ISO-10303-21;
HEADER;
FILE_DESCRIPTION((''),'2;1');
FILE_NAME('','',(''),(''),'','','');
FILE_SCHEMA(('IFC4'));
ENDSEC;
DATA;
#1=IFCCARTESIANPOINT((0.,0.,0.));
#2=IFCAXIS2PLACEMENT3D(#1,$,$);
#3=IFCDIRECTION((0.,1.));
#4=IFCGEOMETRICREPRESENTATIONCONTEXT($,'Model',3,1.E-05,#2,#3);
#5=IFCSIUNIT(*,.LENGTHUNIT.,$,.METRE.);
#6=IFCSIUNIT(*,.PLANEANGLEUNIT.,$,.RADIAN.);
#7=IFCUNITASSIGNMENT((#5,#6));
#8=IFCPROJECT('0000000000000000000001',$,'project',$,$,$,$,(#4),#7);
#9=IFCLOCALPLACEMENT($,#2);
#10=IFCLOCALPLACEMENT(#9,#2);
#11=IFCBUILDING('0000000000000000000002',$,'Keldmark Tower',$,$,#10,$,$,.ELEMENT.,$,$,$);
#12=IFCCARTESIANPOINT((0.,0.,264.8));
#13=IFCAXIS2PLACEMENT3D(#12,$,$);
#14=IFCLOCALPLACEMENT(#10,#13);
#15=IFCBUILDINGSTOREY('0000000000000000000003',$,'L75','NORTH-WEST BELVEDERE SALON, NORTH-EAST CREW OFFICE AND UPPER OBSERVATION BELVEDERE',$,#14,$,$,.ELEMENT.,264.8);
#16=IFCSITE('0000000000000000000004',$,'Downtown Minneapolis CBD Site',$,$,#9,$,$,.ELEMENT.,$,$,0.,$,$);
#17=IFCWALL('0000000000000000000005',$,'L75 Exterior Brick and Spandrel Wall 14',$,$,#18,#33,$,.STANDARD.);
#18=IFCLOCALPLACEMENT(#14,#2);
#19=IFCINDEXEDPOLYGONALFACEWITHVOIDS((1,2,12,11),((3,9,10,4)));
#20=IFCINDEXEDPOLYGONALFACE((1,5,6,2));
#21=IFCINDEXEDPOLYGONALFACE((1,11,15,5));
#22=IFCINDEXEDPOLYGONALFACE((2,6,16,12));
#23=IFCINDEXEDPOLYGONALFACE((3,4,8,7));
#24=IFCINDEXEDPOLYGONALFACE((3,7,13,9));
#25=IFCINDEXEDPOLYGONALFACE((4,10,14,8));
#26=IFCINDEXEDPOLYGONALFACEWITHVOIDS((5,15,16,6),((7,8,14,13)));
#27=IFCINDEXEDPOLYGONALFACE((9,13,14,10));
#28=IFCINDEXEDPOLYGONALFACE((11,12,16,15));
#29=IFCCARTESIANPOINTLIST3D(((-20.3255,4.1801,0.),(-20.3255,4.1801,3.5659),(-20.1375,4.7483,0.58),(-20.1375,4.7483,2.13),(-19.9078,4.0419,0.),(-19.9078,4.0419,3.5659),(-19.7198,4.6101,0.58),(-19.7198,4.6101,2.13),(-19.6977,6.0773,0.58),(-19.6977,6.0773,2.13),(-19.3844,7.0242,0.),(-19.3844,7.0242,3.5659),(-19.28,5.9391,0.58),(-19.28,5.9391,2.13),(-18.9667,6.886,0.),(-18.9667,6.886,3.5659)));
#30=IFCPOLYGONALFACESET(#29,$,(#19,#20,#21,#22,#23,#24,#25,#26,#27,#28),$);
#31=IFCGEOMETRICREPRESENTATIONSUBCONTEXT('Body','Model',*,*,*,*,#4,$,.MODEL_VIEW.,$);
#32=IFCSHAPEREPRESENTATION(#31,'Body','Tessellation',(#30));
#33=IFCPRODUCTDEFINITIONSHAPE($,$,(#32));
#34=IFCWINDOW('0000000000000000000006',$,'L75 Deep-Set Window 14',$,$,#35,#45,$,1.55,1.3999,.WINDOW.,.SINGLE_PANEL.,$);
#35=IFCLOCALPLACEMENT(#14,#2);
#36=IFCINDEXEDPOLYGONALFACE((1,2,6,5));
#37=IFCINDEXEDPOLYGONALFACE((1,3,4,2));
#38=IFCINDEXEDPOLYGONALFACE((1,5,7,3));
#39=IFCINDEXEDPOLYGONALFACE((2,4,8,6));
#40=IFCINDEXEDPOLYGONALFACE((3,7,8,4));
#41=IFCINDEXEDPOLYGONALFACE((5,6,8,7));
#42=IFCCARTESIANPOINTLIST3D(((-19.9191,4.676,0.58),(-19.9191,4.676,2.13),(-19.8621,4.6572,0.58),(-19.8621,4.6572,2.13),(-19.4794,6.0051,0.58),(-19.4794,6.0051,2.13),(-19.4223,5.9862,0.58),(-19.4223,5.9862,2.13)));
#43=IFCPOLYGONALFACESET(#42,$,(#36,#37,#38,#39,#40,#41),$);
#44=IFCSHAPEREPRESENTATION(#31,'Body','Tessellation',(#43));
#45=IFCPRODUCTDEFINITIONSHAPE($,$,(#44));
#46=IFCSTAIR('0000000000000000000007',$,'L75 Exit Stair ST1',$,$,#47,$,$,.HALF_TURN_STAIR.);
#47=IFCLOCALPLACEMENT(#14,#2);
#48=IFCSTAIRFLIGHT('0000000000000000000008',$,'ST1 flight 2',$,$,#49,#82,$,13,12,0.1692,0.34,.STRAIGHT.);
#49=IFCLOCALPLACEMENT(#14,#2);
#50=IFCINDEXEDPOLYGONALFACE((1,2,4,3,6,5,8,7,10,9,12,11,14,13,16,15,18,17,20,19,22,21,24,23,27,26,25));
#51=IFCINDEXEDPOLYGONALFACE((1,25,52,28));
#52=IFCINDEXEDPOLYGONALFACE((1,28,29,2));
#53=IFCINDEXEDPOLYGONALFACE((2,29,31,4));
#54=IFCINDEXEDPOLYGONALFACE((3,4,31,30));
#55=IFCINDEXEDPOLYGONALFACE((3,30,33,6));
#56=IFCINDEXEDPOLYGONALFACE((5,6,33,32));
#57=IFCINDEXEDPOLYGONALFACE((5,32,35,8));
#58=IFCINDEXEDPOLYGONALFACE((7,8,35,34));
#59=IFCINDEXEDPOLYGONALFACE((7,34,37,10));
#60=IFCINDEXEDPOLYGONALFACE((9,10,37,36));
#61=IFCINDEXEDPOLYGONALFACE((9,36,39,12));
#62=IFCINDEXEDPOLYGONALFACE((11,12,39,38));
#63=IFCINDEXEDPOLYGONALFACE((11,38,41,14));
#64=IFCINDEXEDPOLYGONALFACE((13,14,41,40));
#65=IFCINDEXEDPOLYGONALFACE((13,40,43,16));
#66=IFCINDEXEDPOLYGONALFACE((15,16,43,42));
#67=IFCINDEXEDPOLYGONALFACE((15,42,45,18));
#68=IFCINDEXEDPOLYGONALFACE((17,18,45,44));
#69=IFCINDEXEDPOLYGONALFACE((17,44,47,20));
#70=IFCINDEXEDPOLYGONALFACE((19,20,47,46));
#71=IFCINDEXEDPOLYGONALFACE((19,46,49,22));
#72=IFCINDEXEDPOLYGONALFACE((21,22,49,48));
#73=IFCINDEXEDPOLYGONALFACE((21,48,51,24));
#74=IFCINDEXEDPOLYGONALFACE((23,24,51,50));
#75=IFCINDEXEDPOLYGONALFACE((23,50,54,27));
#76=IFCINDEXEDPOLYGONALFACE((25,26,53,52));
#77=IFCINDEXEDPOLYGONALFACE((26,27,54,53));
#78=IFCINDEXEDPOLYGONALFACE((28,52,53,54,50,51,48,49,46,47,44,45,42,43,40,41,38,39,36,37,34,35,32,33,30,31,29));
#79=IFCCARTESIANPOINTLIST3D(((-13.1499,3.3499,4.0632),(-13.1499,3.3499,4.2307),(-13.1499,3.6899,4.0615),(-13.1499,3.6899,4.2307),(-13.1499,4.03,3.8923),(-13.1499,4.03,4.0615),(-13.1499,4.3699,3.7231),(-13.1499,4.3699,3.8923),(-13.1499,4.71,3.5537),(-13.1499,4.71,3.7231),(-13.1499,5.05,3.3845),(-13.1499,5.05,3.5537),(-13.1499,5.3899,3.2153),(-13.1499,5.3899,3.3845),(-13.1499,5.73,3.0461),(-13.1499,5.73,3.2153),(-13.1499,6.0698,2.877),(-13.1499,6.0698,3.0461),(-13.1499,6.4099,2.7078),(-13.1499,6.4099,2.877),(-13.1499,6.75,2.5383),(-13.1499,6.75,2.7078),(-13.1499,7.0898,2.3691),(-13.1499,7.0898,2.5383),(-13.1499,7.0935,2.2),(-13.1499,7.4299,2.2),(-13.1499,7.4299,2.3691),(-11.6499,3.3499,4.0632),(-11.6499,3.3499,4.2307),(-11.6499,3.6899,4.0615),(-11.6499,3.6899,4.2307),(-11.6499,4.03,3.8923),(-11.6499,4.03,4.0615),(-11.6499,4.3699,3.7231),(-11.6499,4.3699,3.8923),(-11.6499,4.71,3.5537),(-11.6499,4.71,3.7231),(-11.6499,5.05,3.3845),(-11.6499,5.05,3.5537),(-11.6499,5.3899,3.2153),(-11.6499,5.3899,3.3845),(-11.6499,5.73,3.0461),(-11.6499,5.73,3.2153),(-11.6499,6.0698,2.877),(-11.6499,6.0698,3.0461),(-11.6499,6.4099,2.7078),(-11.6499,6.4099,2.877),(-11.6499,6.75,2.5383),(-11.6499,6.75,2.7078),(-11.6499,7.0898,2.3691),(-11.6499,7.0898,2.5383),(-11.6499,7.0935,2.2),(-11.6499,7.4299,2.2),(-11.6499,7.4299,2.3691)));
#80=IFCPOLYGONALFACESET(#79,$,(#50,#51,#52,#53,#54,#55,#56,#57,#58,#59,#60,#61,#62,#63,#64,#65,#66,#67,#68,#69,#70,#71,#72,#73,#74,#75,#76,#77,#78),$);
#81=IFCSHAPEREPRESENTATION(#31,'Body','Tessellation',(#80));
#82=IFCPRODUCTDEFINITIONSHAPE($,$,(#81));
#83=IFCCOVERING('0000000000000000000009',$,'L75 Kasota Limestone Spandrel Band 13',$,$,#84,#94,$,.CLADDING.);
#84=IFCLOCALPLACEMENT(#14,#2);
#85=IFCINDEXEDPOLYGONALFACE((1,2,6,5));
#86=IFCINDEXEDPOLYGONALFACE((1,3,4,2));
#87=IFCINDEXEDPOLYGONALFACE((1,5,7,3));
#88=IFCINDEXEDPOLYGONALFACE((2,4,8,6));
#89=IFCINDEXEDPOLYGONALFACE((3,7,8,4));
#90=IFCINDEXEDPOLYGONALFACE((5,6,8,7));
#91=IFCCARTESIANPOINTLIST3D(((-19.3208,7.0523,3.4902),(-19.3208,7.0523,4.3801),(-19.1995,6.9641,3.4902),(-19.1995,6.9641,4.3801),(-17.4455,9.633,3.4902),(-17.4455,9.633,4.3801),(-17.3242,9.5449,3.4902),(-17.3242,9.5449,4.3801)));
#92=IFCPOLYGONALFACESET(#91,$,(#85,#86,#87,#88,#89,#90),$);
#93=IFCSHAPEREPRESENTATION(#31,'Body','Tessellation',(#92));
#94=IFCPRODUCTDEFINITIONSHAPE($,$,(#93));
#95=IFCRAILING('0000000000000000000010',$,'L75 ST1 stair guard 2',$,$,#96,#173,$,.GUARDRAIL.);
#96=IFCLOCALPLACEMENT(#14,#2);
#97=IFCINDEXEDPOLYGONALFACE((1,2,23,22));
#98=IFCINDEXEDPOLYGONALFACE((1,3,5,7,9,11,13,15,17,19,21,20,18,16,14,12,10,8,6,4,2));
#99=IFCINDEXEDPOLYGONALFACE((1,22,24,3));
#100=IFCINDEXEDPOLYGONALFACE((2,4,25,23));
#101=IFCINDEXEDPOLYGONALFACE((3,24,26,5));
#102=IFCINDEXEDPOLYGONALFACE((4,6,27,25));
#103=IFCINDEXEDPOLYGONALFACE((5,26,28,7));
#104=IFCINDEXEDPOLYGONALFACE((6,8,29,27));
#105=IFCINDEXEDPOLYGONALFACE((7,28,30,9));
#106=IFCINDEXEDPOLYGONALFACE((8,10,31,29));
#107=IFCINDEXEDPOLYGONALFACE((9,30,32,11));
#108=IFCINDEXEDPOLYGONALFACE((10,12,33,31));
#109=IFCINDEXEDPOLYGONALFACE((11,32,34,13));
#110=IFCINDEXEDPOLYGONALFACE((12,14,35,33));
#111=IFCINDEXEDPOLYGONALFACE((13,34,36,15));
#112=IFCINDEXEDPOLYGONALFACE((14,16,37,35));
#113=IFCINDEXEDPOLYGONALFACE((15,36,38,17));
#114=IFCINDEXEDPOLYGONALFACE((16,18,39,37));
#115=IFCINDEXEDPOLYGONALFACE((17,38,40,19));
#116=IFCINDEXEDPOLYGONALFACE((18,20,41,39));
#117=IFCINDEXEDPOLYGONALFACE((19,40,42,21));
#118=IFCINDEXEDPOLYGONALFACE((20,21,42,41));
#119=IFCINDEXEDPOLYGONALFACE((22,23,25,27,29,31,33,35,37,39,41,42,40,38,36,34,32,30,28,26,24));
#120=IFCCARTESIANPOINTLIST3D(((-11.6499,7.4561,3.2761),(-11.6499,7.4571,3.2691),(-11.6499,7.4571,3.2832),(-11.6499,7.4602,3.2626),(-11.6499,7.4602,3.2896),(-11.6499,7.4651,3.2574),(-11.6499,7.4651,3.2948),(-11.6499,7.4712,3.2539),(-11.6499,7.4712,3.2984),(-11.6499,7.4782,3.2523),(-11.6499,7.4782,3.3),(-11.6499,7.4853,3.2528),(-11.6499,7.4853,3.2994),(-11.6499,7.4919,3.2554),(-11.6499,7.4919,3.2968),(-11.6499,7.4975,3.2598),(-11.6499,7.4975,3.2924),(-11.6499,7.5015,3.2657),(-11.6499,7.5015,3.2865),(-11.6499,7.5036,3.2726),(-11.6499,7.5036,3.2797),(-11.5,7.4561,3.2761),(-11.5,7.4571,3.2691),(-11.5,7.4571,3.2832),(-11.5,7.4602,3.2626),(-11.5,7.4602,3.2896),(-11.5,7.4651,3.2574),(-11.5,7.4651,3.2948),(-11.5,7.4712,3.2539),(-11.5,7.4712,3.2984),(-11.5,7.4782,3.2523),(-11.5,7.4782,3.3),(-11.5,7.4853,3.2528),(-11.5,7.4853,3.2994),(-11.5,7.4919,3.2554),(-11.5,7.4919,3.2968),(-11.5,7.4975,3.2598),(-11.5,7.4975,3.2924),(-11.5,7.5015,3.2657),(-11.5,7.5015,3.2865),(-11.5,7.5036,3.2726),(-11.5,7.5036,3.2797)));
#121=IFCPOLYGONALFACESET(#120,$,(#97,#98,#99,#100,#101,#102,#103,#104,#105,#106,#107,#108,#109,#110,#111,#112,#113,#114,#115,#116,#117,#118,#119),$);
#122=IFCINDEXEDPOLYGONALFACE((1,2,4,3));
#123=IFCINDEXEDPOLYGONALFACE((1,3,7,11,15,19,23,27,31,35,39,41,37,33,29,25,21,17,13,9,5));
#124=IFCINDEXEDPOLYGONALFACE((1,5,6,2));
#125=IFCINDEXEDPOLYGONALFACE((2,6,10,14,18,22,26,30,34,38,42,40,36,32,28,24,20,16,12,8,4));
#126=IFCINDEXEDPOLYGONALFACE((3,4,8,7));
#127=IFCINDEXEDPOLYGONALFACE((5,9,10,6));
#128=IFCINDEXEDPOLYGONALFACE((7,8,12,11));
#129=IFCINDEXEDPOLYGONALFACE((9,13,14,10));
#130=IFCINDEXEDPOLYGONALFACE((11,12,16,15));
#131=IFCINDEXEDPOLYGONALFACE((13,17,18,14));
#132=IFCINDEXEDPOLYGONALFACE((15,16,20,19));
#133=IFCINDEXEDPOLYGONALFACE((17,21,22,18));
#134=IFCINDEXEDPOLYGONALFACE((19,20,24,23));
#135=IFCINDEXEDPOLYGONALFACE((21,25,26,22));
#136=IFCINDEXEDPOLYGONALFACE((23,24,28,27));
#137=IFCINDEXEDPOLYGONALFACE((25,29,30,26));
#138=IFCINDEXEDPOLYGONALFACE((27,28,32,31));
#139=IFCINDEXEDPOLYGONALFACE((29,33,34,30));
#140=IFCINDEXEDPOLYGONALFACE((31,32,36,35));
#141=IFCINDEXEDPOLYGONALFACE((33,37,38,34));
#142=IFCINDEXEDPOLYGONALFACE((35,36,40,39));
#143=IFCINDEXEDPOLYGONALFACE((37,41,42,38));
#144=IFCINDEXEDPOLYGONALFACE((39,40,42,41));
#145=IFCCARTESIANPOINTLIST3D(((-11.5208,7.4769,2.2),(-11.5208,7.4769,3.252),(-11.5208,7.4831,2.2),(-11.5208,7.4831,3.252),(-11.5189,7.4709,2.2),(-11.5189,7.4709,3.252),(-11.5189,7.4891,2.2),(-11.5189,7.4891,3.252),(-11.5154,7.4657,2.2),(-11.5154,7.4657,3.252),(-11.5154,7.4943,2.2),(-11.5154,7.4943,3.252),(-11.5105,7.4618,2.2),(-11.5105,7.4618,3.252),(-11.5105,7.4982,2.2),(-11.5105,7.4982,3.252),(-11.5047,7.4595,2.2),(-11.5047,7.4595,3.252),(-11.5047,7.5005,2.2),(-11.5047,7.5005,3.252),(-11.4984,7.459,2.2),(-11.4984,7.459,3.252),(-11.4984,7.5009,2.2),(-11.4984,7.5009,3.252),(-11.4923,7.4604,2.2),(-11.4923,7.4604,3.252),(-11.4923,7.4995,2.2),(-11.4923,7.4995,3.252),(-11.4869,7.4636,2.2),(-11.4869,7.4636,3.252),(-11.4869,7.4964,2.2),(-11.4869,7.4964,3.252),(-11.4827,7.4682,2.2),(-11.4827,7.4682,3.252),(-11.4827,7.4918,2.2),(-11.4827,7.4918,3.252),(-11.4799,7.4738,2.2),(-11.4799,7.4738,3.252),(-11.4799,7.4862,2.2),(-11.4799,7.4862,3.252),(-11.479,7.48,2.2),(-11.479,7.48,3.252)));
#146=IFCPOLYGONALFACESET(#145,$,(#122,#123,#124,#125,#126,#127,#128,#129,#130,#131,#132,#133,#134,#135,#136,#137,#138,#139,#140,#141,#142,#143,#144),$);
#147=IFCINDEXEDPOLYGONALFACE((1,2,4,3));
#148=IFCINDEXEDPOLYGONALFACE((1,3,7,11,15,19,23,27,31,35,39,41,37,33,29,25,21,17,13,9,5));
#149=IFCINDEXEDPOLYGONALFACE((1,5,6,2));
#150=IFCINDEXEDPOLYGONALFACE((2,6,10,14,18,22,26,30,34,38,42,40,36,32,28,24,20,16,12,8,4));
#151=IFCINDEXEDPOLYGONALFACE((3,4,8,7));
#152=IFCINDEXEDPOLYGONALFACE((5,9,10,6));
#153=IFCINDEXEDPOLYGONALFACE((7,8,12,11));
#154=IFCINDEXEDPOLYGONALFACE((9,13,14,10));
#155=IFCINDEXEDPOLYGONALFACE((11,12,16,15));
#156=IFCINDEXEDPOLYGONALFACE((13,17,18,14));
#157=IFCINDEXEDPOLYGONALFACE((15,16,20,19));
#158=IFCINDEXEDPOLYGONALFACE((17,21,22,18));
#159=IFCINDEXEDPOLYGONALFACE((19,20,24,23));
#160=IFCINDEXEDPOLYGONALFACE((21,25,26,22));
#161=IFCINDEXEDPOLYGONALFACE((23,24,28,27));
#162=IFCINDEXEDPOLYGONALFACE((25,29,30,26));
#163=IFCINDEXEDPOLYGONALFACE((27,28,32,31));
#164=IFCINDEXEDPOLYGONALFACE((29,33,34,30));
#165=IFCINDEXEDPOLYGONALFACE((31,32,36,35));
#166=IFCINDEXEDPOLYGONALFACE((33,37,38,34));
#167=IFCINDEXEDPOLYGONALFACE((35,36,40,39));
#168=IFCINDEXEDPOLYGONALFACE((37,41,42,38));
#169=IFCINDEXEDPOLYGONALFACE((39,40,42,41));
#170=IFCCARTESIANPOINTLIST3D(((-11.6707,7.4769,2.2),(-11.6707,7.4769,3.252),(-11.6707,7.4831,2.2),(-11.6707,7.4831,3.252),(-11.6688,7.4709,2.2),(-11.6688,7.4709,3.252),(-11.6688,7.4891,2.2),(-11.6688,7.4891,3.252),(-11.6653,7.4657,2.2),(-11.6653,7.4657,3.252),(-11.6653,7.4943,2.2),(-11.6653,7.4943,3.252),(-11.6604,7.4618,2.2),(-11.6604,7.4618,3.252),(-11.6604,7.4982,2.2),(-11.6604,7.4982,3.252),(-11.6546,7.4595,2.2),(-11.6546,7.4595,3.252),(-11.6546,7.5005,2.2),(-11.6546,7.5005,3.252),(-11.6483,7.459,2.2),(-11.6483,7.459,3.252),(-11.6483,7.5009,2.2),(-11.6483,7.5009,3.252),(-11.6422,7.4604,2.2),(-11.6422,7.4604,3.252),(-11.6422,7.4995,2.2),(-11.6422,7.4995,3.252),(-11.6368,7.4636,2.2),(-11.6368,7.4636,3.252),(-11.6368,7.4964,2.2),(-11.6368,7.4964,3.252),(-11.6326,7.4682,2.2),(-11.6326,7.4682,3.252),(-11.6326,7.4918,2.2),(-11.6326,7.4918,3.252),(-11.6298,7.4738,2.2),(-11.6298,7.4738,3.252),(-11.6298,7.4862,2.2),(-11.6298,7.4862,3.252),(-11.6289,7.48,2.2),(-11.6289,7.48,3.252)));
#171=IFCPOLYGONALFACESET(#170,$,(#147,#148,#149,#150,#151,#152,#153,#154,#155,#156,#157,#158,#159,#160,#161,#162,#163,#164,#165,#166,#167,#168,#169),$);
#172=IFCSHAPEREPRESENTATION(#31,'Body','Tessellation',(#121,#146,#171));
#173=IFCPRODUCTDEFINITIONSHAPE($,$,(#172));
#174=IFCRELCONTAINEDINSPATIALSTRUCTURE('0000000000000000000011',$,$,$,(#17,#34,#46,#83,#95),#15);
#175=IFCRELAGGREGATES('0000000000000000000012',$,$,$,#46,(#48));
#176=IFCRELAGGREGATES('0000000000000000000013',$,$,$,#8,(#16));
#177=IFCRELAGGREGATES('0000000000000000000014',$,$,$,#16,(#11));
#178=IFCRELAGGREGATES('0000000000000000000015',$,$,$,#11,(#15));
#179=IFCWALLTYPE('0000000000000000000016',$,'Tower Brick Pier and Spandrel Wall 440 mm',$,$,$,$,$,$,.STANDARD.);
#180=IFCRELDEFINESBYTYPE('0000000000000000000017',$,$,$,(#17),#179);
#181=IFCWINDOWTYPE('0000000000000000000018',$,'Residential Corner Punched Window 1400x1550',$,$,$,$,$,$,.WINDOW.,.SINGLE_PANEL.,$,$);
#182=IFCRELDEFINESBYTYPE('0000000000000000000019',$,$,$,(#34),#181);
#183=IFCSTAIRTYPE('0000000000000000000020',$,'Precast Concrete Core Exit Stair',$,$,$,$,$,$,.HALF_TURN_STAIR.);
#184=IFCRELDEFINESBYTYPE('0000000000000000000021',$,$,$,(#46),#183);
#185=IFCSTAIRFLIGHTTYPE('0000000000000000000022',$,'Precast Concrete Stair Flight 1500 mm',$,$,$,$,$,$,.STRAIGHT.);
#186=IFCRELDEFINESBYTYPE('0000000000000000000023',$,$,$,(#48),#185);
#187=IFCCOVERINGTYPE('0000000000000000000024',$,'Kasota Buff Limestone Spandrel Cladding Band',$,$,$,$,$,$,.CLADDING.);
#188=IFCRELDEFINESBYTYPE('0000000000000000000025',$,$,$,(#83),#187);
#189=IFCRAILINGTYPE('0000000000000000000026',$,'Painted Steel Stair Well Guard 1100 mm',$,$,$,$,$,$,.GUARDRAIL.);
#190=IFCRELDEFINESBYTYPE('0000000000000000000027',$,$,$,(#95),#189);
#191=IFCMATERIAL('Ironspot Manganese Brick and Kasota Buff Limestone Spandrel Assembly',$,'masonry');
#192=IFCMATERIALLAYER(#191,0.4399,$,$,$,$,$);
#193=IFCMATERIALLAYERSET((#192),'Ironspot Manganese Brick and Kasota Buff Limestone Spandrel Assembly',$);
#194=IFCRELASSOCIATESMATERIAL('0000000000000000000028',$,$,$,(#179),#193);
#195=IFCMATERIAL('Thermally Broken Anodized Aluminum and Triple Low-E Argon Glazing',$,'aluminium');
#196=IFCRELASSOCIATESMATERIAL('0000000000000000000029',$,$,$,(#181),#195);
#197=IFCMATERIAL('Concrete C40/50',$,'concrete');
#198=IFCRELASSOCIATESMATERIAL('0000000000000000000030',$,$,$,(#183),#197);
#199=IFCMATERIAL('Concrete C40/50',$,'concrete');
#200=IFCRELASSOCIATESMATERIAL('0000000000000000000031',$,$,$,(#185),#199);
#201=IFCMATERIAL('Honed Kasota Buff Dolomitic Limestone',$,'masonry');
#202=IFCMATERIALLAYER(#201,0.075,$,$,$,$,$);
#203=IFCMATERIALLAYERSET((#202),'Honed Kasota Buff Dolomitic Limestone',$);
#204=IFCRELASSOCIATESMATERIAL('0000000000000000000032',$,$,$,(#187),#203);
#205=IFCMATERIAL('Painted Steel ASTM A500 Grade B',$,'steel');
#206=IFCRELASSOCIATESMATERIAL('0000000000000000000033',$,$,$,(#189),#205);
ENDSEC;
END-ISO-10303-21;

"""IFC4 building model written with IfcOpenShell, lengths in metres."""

from ifc_helpers import new_model, si_unit, direction, frame, frame_2d, origin, origin_2d, place, context, subcontext, project, spatial, polyline, rectangle, circle, outline, extrude, material, layer, layer_set, type_object, element, fill, aggregate, save


model = new_model("IFC4")

# Units and contexts
model_context = context("Model", 3, precision=1e-05, world=origin(), true_north=direction((0.0, 1.0)))
body_context = subcontext(model_context, "Body", "Model", "MODEL_VIEW")
ifc_project = project(units=[si_unit("LENGTHUNIT", "METRE"), si_unit("PLANEANGLEUNIT", "RADIAN")], contexts=[model_context])

# Site, building, storey
site_placement = place(None, origin())
site = spatial("IfcSite", under=ifc_project, at=site_placement, Name="Downtown Minneapolis CBD Site", CompositionType="ELEMENT", RefElevation=0.0)
building_placement = place(site_placement, origin())
building = spatial("IfcBuilding", under=site, at=building_placement, Name="Keldmark Tower", CompositionType="ELEMENT")
storey_placement = place(building_placement, frame((0.0, 0.0, 264.8)))
storey = spatial("IfcBuildingStorey", under=building, at=storey_placement, Name="L75", Description="NORTH-WEST BELVEDERE SALON, NORTH-EAST CREW OFFICE AND UPPER OBSERVATION BELVEDERE", CompositionType="ELEMENT", Elevation=264.8)

# Wall, opening, window
ifc_material_1 = material(Name="Ironspot Manganese Brick and Kasota Buff Limestone Spandrel Assembly", Category="masonry")
ifc_layer_1 = layer(ifc_material_1, 0.4399)
ifc_layer_set_1 = layer_set([ifc_layer_1], Name="Ironspot Manganese Brick and Kasota Buff Limestone Spandrel Assembly")
wall_type_1 = type_object("IfcWallType", Name="Tower Brick Pier and Spandrel Wall 440 mm", PredefinedType="STANDARD", material=ifc_layer_set_1)
ifc_material_2 = material(Name="Thermally Broken Anodized Aluminum and Triple Low-E Argon Glazing", Category="aluminium")
window_type_1 = type_object("IfcWindowType", Name="Residential Corner Punched Window 1400x1550", PartitioningType="SINGLE_PANEL", PredefinedType="WINDOW", material=ifc_material_2)
wall_1_placement = place(storey_placement, frame((-20.1167, 4.1108, 0.0), z_axis=(0.0, 0.0, 1.0), x_axis=(0.314149, 0.949374, 0.0)))
wall_1 = element("IfcWall", 1, at=wall_1_placement, inside=storey, type_object=wall_type_1, Name="L75 Exterior Brick and Spandrel Wall 14", PredefinedType="STANDARD", context=body_context, shape_type="SweptSolid", body=[
    extrude(rectangle(XDim=2.9958, YDim=0.4399, at=frame_2d((1.498, 0.0))), origin(), (0.0, 0.0, 1.0), 3.5659),
])
opening_1_placement = place(wall_1_placement, frame((0.5986, 0.0, 0.5801)))
opening_1 = element("IfcOpeningElement", 2, at=opening_1_placement, cuts=wall_1, PredefinedType="OPENING", context=body_context, shape_type="SweptSolid", body=[
    extrude(rectangle(XDim=1.3999, YDim=1.55, at=frame_2d((0.7, 0.7749))), frame((0.0, 0.23, 0.0), z_axis=(0.0, -1.0, 0.0), x_axis=(1.0, 0.0, 0.0)), (0.0, 0.0, 1.0), 0.46),
])
window_1_placement = place(opening_1_placement, origin())
window_1 = element("IfcWindow", 3, at=window_1_placement, inside=storey, type_object=window_type_1, Name="L75 Deep-Set Window 14", OverallHeight=1.55, OverallWidth=1.3999, PartitioningType="SINGLE_PANEL", PredefinedType="WINDOW", context=body_context, shape_type="SweptSolid", body=[
    extrude(rectangle(XDim=1.3999, YDim=1.55, at=frame_2d((0.7, 0.7749))), frame((0.0, -0.01, 0.0), z_axis=(0.0, -1.0, 0.0), x_axis=(1.0, 0.0, 0.0)), (0.0, 0.0, 1.0), 0.0601),
])
fill(opening_1, window_1)

# Stair, stair flight
ifc_material_3 = material(Name="Concrete C40/50", Category="concrete")
stair_type = type_object("IfcStairType", Name="Precast Concrete Core Exit Stair", PredefinedType="HALF_TURN_STAIR", material=ifc_material_3)
stair_placement = place(storey_placement, origin())
stair = element("IfcStair", 4, at=stair_placement, inside=storey, type_object=stair_type, Name="L75 Exit Stair ST1", PredefinedType="HALF_TURN_STAIR")
ifc_material_4 = material(Name="Concrete C40/50", Category="concrete")
stair_flight_type = type_object("IfcStairFlightType", Name="Precast Concrete Stair Flight 1500 mm", PredefinedType="STRAIGHT", material=ifc_material_4)
stair_flight_placement = place(storey_placement, frame((-12.3999, 7.4299, 2.2), z_axis=(0.0, 0.0, 1.0), x_axis=(0.0, -1.0, 0.0)))
stair_flight = element("IfcStairFlight", 5, at=stair_flight_placement, type_object=stair_flight_type, Name="ST1 flight 2", NumberOfRisers=13, NumberOfTreads=12, PredefinedType="STRAIGHT", RiserHeight=0.1692, TreadLength=0.34, context=body_context, shape_type="SweptSolid", body=[
    extrude(outline(polyline([(0.0, 0.0), (0.0, 0.1692), (0.3401, 0.1692), (0.3401, 0.3384), (0.6799, 0.3384), (0.6799, 0.5078), (1.02, 0.5078), (1.02, 0.677), (1.3601, 0.677), (1.3601, 0.8462), (1.7, 0.8462), (1.7, 1.0154), (2.04, 1.0154), (2.04, 1.1846), (2.3799, 1.1846), (2.3799, 1.3538), (2.72, 1.3538), (2.72, 1.5232), (3.0601, 1.5232), (3.0601, 1.6924), (3.3999, 1.6924), (3.3999, 1.8616), (3.74, 1.8616), (3.74, 2.0308), (4.0801, 2.0308), (4.0801, 2.2), (4.0801, 1.8633), (0.3364, 0.0), (0.0, 0.0)])), frame((0.0, 0.75, 0.0), z_axis=(0.0, -1.0, 0.0), x_axis=(1.0, 0.0, 0.0)), (0.0, 0.0, 1.0), 1.5),
])
aggregate(stair, [stair_flight])

# Covering
ifc_material_5 = material(Name="Honed Kasota Buff Dolomitic Limestone", Category="masonry")
ifc_layer_2 = layer(ifc_material_5, 0.075)
ifc_layer_set_2 = layer_set([ifc_layer_2], Name="Honed Kasota Buff Dolomitic Limestone")
covering_type = type_object("IfcCoveringType", Name="Kasota Buff Limestone Spandrel Cladding Band", PredefinedType="CLADDING", material=ifc_layer_set_2)
covering_placement = place(storey_placement, frame((-18.3225, 8.2986, 3.4902), z_axis=(0.0, 0.0, 1.0), x_axis=(-0.587842, -0.808976, 0.0)))
element("IfcCovering", 6, at=covering_placement, inside=storey, type_object=covering_type, Name="L75 Kasota Limestone Spandrel Band 13", PredefinedType="CLADDING", context=body_context, shape_type="SweptSolid", body=[
    extrude(rectangle(XDim=3.1902, YDim=0.1499, at=origin_2d()), origin(), (0.0, 0.0, 1.0), 0.8899),
])

# Railing
ifc_material_6 = material(Name="Painted Steel ASTM A500 Grade B", Category="steel")
railing_type_1 = type_object("IfcRailingType", Name="Painted Steel Stair Well Guard 1100 mm", PredefinedType="GUARDRAIL", material=ifc_material_6)
railing_1_placement = place(storey_placement, frame((-11.5, 7.48, 2.2)))
element("IfcRailing", 7, at=railing_1_placement, inside=storey, type_object=railing_type_1, Name="L75 ST1 stair guard 2", PredefinedType="GUARDRAIL", context=body_context, shape_type="SweptSolid", body=[
    extrude(circle(Radius=0.0239, at=origin_2d()), frame((0.0, 0.0, 1.0762), z_axis=(-1.0, 0.0, 0.0), x_axis=(0.0, -1.0, 0.0)), (0.0, 0.0, 1.0), 0.1499),
    extrude(circle(Radius=0.021, at=origin_2d()), origin(), (0.0, 0.0, 1.0), 1.052),
    extrude(circle(Radius=0.021, at=origin_2d()), frame((-0.1499, 0.0, 0.0)), (0.0, 0.0, 1.0), 1.052),
])

save(model, "model.ifc")
